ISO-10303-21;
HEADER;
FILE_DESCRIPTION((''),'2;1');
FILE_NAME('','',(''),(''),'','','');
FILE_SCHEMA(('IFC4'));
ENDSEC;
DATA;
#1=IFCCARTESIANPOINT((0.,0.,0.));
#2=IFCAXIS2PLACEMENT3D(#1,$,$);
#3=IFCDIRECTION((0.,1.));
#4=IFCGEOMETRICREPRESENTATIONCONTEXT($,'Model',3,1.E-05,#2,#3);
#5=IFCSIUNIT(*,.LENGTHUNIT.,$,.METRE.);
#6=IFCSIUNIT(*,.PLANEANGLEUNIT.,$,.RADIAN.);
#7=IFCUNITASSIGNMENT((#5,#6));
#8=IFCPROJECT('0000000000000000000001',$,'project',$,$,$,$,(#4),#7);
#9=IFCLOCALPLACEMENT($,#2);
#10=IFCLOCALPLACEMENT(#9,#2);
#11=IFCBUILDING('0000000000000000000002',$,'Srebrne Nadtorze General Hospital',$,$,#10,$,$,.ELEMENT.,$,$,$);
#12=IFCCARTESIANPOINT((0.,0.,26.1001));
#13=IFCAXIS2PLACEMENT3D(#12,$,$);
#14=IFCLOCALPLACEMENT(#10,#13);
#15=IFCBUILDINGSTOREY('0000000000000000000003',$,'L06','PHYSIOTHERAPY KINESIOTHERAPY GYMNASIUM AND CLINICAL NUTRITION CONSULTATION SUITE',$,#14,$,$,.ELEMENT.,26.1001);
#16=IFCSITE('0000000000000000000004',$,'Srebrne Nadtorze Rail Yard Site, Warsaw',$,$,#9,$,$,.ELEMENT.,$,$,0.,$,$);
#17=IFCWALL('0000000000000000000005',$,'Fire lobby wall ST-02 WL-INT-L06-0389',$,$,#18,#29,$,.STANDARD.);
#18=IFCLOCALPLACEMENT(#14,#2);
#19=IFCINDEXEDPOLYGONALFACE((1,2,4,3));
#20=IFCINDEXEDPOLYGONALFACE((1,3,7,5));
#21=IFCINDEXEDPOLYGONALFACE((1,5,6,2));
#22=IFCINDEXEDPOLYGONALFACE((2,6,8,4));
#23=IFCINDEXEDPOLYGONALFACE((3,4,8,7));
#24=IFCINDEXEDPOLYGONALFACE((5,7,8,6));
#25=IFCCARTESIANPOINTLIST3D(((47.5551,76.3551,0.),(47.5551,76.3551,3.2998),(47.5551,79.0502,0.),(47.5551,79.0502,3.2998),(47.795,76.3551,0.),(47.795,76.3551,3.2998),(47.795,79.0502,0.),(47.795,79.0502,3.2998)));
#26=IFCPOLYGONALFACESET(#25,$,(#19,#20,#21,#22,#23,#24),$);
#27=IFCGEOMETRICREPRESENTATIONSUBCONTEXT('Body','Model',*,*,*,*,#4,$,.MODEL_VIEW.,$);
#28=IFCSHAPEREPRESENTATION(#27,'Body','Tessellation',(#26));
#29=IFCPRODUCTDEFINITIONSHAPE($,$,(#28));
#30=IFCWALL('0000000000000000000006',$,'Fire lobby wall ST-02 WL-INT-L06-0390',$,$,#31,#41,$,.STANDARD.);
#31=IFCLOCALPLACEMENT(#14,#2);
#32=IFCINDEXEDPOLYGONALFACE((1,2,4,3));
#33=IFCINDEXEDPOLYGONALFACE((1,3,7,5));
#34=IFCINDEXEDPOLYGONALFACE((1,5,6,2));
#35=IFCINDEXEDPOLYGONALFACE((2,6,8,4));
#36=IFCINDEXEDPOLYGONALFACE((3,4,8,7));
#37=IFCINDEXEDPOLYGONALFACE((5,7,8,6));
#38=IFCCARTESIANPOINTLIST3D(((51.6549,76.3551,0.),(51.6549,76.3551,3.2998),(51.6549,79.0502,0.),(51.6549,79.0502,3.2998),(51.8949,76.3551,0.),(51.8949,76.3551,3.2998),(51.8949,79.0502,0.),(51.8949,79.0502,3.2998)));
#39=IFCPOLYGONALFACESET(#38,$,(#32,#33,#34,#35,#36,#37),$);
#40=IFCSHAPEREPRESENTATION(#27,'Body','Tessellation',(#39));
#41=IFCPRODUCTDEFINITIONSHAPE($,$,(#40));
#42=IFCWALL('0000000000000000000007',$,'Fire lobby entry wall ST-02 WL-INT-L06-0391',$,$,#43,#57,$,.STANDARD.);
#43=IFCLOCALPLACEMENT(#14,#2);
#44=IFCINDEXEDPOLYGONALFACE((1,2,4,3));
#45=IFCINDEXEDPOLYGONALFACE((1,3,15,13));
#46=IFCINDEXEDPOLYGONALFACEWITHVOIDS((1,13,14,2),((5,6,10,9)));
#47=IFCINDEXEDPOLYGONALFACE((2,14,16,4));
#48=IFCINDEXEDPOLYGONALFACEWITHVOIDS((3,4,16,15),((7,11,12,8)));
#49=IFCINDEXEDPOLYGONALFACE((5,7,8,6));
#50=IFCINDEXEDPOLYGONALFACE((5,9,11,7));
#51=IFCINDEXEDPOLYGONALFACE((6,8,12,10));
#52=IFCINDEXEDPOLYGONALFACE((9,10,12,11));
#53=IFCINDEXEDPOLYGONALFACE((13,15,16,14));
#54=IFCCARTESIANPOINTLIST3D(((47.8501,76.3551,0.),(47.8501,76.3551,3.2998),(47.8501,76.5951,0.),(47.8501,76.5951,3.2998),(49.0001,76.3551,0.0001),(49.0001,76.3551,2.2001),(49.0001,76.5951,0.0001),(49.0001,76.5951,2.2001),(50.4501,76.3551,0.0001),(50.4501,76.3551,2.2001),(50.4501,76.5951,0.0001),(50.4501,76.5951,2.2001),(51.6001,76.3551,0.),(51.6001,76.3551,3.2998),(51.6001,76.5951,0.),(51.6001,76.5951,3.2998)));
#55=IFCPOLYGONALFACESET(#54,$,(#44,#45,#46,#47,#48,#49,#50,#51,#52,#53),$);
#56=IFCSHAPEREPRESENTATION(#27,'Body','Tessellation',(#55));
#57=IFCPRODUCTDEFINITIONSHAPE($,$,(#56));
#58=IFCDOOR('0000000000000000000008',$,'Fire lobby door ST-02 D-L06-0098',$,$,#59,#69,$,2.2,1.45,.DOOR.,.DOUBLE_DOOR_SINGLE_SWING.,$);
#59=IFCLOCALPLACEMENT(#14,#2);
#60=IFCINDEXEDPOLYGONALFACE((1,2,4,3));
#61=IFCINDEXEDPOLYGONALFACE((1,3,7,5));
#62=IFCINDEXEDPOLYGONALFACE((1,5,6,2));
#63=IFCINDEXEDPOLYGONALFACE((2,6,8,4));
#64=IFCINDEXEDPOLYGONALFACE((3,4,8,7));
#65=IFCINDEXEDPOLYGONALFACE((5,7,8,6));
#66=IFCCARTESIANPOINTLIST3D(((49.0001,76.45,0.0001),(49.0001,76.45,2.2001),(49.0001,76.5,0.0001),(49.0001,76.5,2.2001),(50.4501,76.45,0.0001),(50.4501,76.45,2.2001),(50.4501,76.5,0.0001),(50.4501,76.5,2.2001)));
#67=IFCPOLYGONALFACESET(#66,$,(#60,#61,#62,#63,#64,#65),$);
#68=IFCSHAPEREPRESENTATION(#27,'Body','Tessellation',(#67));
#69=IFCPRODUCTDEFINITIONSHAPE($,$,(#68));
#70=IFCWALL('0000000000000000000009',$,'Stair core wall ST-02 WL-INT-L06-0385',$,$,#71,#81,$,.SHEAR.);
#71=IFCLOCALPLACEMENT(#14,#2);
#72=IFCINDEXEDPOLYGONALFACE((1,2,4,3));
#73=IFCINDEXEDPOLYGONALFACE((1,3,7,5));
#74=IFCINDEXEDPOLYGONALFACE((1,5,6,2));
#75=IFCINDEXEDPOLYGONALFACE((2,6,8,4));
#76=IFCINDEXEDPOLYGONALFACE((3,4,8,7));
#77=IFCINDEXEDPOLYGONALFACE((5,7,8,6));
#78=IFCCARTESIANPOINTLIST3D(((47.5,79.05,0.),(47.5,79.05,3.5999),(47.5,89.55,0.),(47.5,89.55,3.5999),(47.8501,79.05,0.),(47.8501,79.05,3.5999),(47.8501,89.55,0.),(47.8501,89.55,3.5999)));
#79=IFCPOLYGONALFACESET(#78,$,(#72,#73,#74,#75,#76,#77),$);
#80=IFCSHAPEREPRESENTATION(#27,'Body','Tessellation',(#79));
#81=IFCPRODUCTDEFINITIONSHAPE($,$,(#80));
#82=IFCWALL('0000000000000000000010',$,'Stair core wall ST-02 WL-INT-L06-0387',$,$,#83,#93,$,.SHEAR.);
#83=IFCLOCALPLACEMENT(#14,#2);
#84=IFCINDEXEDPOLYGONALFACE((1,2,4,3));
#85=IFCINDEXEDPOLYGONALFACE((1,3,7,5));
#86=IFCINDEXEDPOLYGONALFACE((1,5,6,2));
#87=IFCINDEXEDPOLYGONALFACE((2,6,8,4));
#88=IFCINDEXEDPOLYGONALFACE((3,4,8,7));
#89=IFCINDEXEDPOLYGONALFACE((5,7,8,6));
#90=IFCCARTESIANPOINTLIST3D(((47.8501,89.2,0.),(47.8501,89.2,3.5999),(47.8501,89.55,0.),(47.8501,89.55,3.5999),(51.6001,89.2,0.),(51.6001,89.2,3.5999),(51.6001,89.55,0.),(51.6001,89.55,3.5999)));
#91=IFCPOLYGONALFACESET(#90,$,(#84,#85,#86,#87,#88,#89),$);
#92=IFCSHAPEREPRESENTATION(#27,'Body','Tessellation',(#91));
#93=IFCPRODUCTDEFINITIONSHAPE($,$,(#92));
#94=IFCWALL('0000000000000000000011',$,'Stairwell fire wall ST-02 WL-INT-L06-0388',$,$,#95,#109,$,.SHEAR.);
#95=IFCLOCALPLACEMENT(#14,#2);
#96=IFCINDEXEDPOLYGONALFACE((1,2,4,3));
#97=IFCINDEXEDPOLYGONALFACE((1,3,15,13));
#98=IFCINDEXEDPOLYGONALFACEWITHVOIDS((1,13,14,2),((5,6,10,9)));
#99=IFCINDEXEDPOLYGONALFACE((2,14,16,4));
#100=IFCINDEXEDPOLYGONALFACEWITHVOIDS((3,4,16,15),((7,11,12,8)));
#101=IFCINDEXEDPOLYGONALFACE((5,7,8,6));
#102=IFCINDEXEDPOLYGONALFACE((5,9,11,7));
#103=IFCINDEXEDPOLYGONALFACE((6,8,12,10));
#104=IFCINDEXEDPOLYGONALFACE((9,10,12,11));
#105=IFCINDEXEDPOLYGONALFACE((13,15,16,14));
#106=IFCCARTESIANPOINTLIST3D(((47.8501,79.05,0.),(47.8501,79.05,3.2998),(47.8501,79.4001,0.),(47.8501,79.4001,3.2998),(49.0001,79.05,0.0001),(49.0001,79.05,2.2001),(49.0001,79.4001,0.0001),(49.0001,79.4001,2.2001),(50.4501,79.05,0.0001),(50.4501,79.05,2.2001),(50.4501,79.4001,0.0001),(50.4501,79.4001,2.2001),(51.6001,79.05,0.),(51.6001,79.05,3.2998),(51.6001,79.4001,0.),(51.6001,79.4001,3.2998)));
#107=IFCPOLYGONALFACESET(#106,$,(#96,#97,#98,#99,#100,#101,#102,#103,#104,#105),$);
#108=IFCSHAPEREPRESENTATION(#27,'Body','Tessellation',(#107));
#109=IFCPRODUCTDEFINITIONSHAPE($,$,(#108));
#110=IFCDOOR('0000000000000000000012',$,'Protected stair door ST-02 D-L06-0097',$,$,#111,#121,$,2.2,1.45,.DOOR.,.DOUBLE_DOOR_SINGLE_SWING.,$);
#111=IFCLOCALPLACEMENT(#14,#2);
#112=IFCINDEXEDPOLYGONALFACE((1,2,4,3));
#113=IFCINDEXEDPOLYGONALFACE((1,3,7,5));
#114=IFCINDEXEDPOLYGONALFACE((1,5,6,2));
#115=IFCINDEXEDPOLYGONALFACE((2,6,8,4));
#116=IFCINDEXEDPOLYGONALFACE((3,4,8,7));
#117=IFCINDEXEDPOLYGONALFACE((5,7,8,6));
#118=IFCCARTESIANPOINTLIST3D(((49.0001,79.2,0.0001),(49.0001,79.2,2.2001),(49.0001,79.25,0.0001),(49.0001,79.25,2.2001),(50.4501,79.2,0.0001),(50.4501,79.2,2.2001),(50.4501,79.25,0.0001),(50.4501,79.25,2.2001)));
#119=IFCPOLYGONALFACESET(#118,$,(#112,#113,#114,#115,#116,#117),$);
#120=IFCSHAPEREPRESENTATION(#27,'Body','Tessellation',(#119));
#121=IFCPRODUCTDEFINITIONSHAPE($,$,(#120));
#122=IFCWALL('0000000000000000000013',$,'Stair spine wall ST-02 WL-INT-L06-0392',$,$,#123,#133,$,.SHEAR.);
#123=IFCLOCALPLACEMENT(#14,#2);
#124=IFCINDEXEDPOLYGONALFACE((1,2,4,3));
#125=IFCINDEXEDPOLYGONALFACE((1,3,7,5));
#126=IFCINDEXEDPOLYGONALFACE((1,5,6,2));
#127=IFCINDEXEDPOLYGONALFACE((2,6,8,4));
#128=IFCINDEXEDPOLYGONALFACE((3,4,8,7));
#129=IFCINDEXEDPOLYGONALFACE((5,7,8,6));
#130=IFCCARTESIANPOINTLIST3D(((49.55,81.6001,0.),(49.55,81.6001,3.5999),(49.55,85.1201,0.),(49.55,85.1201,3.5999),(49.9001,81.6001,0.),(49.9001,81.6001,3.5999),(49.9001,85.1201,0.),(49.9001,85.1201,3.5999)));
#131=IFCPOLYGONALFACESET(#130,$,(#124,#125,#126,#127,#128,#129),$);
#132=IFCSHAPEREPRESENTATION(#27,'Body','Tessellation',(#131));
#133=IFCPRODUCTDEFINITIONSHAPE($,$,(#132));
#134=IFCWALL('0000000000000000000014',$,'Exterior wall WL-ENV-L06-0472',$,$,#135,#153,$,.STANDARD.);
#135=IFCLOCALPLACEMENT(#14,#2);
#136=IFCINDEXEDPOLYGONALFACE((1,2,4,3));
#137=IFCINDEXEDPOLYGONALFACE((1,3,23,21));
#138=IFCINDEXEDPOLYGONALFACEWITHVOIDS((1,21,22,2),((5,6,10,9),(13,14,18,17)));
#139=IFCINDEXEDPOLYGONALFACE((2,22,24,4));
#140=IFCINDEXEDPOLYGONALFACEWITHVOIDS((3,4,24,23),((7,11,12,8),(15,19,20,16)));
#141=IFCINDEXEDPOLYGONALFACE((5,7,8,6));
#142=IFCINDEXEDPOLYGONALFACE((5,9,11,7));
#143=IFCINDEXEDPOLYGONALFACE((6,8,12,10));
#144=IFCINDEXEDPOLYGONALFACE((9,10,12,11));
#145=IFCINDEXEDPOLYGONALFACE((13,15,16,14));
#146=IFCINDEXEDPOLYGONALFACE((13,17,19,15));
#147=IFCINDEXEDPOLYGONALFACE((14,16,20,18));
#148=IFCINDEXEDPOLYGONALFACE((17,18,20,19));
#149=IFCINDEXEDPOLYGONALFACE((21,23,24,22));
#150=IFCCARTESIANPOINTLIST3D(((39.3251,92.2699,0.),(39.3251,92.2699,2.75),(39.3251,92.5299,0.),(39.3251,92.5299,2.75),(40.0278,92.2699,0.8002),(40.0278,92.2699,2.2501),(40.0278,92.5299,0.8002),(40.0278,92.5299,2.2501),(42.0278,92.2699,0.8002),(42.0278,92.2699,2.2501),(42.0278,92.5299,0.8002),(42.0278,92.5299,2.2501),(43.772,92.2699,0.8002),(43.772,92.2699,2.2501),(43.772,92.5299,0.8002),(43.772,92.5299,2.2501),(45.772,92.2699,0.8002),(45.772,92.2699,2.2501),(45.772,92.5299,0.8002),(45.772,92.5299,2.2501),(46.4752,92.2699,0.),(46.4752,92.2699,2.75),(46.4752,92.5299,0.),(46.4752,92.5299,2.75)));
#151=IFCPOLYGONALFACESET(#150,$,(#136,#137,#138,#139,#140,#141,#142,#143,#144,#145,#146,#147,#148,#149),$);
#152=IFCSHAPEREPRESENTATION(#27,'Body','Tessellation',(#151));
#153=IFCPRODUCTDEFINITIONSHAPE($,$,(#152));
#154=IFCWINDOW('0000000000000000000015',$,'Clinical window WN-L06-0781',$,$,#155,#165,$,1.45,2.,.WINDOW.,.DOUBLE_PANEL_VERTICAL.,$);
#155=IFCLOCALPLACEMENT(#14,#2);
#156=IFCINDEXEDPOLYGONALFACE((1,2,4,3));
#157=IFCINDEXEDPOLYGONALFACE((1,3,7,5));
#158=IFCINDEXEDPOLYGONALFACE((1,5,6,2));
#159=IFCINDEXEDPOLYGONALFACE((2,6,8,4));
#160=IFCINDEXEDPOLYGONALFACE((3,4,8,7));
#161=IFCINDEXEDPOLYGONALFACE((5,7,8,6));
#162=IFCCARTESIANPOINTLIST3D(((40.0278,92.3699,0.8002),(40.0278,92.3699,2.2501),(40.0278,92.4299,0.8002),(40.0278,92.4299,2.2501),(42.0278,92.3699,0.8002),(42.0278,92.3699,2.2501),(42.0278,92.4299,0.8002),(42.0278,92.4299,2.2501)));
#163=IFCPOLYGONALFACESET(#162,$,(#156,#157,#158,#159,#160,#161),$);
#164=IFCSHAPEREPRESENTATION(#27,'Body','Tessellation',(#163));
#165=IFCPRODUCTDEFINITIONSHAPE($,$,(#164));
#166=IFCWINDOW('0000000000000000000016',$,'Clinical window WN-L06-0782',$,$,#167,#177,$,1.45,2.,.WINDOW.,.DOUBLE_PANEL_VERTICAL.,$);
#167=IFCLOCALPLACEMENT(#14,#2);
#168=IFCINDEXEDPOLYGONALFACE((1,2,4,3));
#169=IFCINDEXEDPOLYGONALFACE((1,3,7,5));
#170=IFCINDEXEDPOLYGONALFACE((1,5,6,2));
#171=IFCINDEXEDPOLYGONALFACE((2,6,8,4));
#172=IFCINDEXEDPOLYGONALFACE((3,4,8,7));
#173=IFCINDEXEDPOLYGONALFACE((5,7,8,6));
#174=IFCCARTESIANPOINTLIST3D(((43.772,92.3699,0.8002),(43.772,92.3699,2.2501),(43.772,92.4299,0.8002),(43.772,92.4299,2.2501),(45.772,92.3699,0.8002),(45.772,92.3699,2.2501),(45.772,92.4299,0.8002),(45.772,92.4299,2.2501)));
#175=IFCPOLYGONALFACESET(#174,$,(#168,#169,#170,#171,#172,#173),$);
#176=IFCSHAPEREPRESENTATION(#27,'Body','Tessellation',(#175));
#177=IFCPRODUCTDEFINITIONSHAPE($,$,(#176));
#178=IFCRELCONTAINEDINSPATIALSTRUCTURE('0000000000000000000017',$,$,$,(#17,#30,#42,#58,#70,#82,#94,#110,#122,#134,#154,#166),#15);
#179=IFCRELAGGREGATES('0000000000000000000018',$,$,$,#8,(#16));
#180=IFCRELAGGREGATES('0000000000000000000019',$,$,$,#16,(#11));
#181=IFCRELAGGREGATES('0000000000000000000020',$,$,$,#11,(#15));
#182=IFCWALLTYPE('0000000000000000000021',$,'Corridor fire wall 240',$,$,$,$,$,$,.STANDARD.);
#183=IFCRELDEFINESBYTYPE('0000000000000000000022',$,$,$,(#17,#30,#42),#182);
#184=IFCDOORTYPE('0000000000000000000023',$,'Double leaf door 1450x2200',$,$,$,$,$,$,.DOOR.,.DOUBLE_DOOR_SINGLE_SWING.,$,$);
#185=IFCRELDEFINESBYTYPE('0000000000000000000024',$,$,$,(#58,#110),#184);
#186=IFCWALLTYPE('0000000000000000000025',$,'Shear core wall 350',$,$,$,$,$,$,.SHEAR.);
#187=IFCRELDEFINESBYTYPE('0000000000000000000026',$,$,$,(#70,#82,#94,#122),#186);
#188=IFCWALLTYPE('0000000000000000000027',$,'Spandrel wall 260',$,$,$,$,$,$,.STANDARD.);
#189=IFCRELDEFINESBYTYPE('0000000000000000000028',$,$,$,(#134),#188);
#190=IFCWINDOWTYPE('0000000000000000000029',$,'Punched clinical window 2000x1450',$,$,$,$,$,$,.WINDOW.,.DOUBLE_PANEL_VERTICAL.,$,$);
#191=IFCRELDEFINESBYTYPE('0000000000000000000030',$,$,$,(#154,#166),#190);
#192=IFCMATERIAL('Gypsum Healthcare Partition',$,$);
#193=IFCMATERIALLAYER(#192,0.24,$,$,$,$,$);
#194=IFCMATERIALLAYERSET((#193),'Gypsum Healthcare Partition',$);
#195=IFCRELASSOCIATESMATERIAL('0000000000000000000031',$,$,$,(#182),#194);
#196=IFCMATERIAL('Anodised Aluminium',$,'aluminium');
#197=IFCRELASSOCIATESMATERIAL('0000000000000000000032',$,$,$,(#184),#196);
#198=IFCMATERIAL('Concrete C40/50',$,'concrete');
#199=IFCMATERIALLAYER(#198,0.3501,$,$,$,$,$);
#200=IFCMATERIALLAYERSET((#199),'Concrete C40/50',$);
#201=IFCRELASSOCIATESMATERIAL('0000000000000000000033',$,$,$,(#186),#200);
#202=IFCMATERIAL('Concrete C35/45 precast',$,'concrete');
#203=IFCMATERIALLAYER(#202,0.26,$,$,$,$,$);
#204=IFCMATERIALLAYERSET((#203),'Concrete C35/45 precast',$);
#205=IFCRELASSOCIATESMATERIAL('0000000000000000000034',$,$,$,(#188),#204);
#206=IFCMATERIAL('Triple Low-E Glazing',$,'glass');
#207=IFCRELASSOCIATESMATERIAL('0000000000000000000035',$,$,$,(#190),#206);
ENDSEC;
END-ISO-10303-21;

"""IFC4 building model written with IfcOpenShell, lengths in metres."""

from ifc_helpers import new_model, si_unit, direction, frame, frame_2d, origin, place, context, subcontext, project, spatial, rectangle, extrude, material, layer, layer_set, type_object, element, fill, save


model = new_model("IFC4")

# Units and contexts
model_context = context("Model", 3, precision=1e-05, world=origin(), true_north=direction((0.0, 1.0)))
body_context = subcontext(model_context, "Body", "Model", "MODEL_VIEW")
ifc_project = project(units=[si_unit("LENGTHUNIT", "METRE"), si_unit("PLANEANGLEUNIT", "RADIAN")], contexts=[model_context])

# Site, building, storey
site_placement = place(None, origin())
site = spatial("IfcSite", under=ifc_project, at=site_placement, Name="Srebrne Nadtorze Rail Yard Site, Warsaw", CompositionType="ELEMENT", RefElevation=0.0)
building_placement = place(site_placement, origin())
building = spatial("IfcBuilding", under=site, at=building_placement, Name="Srebrne Nadtorze General Hospital", CompositionType="ELEMENT")
storey_placement = place(building_placement, frame((0.0, 0.0, 26.1001)))
storey = spatial("IfcBuildingStorey", under=building, at=storey_placement, Name="L06", Description="PHYSIOTHERAPY KINESIOTHERAPY GYMNASIUM AND CLINICAL NUTRITION CONSULTATION SUITE", CompositionType="ELEMENT", Elevation=26.1001)

# Walls
ifc_material_1 = material(Name="Gypsum Healthcare Partition")
ifc_layer_1 = layer(ifc_material_1, 0.24)
ifc_layer_set_1 = layer_set([ifc_layer_1], Name="Gypsum Healthcare Partition")
wall_type_1 = type_object("IfcWallType", Name="Corridor fire wall 240", PredefinedType="STANDARD", material=ifc_layer_set_1)
for number, where, z_axis, x_axis, name in (
    (1, (47.675, 76.355, 0.0), (0.0, 0.0, 1.0), (0.0, 1.0, 0.0), "Fire lobby wall ST-02 WL-INT-L06-0389"),
    (2, (51.7749, 76.355, 0.0), (0.0, 0.0, 1.0), (0.0, 1.0, 0.0), "Fire lobby wall ST-02 WL-INT-L06-0390"),
):
    element("IfcWall", number, at=place(storey_placement, frame(where, z_axis=z_axis, x_axis=x_axis)), inside=storey, type_object=wall_type_1, Name=name, PredefinedType="STANDARD", context=body_context, shape_type="SweptSolid", body=[
        extrude(rectangle(XDim=2.6951, YDim=0.24, at=frame_2d((1.3477, 0.0))), origin(), (0.0, 0.0, 1.0), 3.2998),
    ])

# Wall, opening, door
wall_1_placement = place(storey_placement, frame((47.8501, 76.4751, 0.0), z_axis=(0.0, 0.0, 1.0), x_axis=(1.0, 0.0, 0.0)))
wall_1 = element("IfcWall", 3, at=wall_1_placement, inside=storey, type_object=wall_type_1, Name="Fire lobby entry wall ST-02 WL-INT-L06-0391", PredefinedType="STANDARD", context=body_context, shape_type="SweptSolid", body=[
    extrude(rectangle(XDim=3.75, YDim=0.24, at=frame_2d((1.875, 0.0))), origin(), (0.0, 0.0, 1.0), 3.2998),
])
opening_1_placement = place(wall_1_placement, frame((1.1499, 0.0, 0.0)))
opening_1 = element("IfcOpeningElement", 4, at=opening_1_placement, cuts=wall_1, PredefinedType="OPENING", context=body_context, shape_type="SweptSolid", body=[
    extrude(rectangle(XDim=1.45, YDim=2.2, at=frame_2d((0.7251, 1.1001))), frame((0.0, 0.1318, 0.0), z_axis=(0.0, -1.0, 0.0), x_axis=(1.0, 0.0, 0.0)), (0.0, 0.0, 1.0), 0.2639),
])
ifc_material_2 = material(Name="Anodised Aluminium", Category="aluminium")
door_type = type_object("IfcDoorType", Name="Double leaf door 1450x2200", OperationType="DOUBLE_DOOR_SINGLE_SWING", PredefinedType="DOOR", material=ifc_material_2)
door_1_placement = place(opening_1_placement, origin())
door_1 = element("IfcDoor", 5, at=door_1_placement, inside=storey, type_object=door_type, Name="Fire lobby door ST-02 D-L06-0098", OperationType="DOUBLE_DOOR_SINGLE_SWING", OverallHeight=2.2, OverallWidth=1.45, PredefinedType="DOOR", context=body_context, shape_type="SweptSolid", body=[
    extrude(rectangle(XDim=1.45, YDim=2.2, at=frame_2d((0.7251, 1.1001))), frame((0.0, 0.0249, 0.0), z_axis=(0.0, -1.0, 0.0), x_axis=(1.0, 0.0, 0.0)), (0.0, 0.0, 1.0), 0.05),
])
fill(opening_1, door_1)

# Walls
ifc_material_3 = material(Name="Concrete C40/50", Category="concrete")
ifc_layer_2 = layer(ifc_material_3, 0.3501)
ifc_layer_set_2 = layer_set([ifc_layer_2], Name="Concrete C40/50")
wall_type_2 = type_object("IfcWallType", Name="Shear core wall 350", PredefinedType="SHEAR", material=ifc_layer_set_2)
wall_2_placement = place(storey_placement, frame((47.675, 79.05, 0.0), z_axis=(0.0, 0.0, 1.0), x_axis=(0.0, 1.0, 0.0)))
element("IfcWall", 6, at=wall_2_placement, inside=storey, type_object=wall_type_2, Name="Stair core wall ST-02 WL-INT-L06-0385", PredefinedType="SHEAR", context=body_context, shape_type="SweptSolid", body=[
    extrude(rectangle(XDim=10.5, YDim=0.3501, at=frame_2d((5.25, 0.0))), origin(), (0.0, 0.0, 1.0), 3.5999),
])
wall_3_placement = place(storey_placement, frame((47.8501, 89.375, 0.0), z_axis=(0.0, 0.0, 1.0), x_axis=(1.0, 0.0, 0.0)))
element("IfcWall", 7, at=wall_3_placement, inside=storey, type_object=wall_type_2, Name="Stair core wall ST-02 WL-INT-L06-0387", PredefinedType="SHEAR", context=body_context, shape_type="SweptSolid", body=[
    extrude(rectangle(XDim=3.75, YDim=0.3501, at=frame_2d((1.875, 0.0))), origin(), (0.0, 0.0, 1.0), 3.5999),
])

# Wall, opening, door
wall_4_placement = place(storey_placement, frame((47.8501, 79.2251, 0.0), z_axis=(0.0, 0.0, 1.0), x_axis=(1.0, 0.0, 0.0)))
wall_4 = element("IfcWall", 8, at=wall_4_placement, inside=storey, type_object=wall_type_2, Name="Stairwell fire wall ST-02 WL-INT-L06-0388", PredefinedType="SHEAR", context=body_context, shape_type="SweptSolid", body=[
    extrude(rectangle(XDim=3.75, YDim=0.3501, at=frame_2d((1.875, 0.0))), origin(), (0.0, 0.0, 1.0), 3.2998),
])
opening_2_placement = place(wall_4_placement, frame((1.1499, 0.0, 0.0)))
opening_2 = element("IfcOpeningElement", 9, at=opening_2_placement, cuts=wall_4, PredefinedType="OPENING", context=body_context, shape_type="SweptSolid", body=[
    extrude(rectangle(XDim=1.45, YDim=2.2, at=frame_2d((0.7251, 1.1001))), frame((0.0, 0.187, 0.0), z_axis=(0.0, -1.0, 0.0), x_axis=(1.0, 0.0, 0.0)), (0.0, 0.0, 1.0), 0.374),
])
door_2_placement = place(opening_2_placement, origin())
door_2 = element("IfcDoor", 10, at=door_2_placement, inside=storey, type_object=door_type, Name="Protected stair door ST-02 D-L06-0097", OperationType="DOUBLE_DOOR_SINGLE_SWING", OverallHeight=2.2, OverallWidth=1.45, PredefinedType="DOOR", context=body_context, shape_type="SweptSolid", body=[
    extrude(rectangle(XDim=1.45, YDim=2.2, at=frame_2d((0.7251, 1.1001))), frame((0.0, 0.0249, 0.0), z_axis=(0.0, -1.0, 0.0), x_axis=(1.0, 0.0, 0.0)), (0.0, 0.0, 1.0), 0.05),
])
fill(opening_2, door_2)

# Wall
wall_5_placement = place(storey_placement, frame((49.7251, 81.6001, 0.0), z_axis=(0.0, 0.0, 1.0), x_axis=(0.0, 1.0, 0.0)))
element("IfcWall", 11, at=wall_5_placement, inside=storey, type_object=wall_type_2, Name="Stair spine wall ST-02 WL-INT-L06-0392", PredefinedType="SHEAR", context=body_context, shape_type="SweptSolid", body=[
    extrude(rectangle(XDim=3.52, YDim=0.3501, at=frame_2d((1.76, 0.0))), origin(), (0.0, 0.0, 1.0), 3.5999),
])

# Wall, openings, windows
ifc_material_4 = material(Name="Concrete C35/45 precast", Category="concrete")
ifc_layer_3 = layer(ifc_material_4, 0.26)
ifc_layer_set_3 = layer_set([ifc_layer_3], Name="Concrete C35/45 precast")
wall_type_3 = type_object("IfcWallType", Name="Spandrel wall 260", PredefinedType="STANDARD", material=ifc_layer_set_3)
wall_6_placement = place(storey_placement, frame((39.325, 92.3999, 0.0), z_axis=(0.0, 0.0, 1.0), x_axis=(1.0, 0.0, 0.0)))
wall_6 = element("IfcWall", 12, at=wall_6_placement, inside=storey, type_object=wall_type_3, Name="Exterior wall WL-ENV-L06-0472", PredefinedType="STANDARD", context=body_context, shape_type="SweptSolid", body=[
    extrude(rectangle(XDim=7.1501, YDim=0.26, at=frame_2d((3.5752, 0.0))), origin(), (0.0, 0.0, 1.0), 2.75),
])
opening_3_placement = place(wall_6_placement, frame((0.7029, 0.0, 0.8)))
opening_3 = element("IfcOpeningElement", 13, at=opening_3_placement, cuts=wall_6, PredefinedType="OPENING", context=body_context, shape_type="SweptSolid", body=[
    extrude(rectangle(XDim=2.0, YDim=1.45, at=frame_2d((1.0, 0.7251))), frame((0.0, 0.1421, 0.0), z_axis=(0.0, -1.0, 0.0), x_axis=(1.0, 0.0, 0.0)), (0.0, 0.0, 1.0), 0.2839),
])
opening_4_placement = place(wall_6_placement, frame((4.447, 0.0, 0.8)))
opening_4 = element("IfcOpeningElement", 14, at=opening_4_placement, cuts=wall_6, PredefinedType="OPENING", context=body_context, shape_type="SweptSolid", body=[
    extrude(rectangle(XDim=2.0, YDim=1.45, at=frame_2d((1.0, 0.7251))), frame((0.0, 0.1421, 0.0), z_axis=(0.0, -1.0, 0.0), x_axis=(1.0, 0.0, 0.0)), (0.0, 0.0, 1.0), 0.2839),
])
ifc_material_5 = material(Name="Triple Low-E Glazing", Category="glass")
window_type_1 = type_object("IfcWindowType", Name="Punched clinical window 2000x1450", PartitioningType="DOUBLE_PANEL_VERTICAL", PredefinedType="WINDOW", material=ifc_material_5)
window_1_placement = place(opening_3_placement, origin())
window_1 = element("IfcWindow", 15, at=window_1_placement, inside=storey, type_object=window_type_1, Name="Clinical window WN-L06-0781", OverallHeight=1.45, OverallWidth=2.0, PartitioningType="DOUBLE_PANEL_VERTICAL", PredefinedType="WINDOW", context=body_context, shape_type="SweptSolid", body=[
    extrude(rectangle(XDim=2.0, YDim=1.45, at=frame_2d((1.0, 0.7251))), frame((0.0, 0.03, 0.0), z_axis=(0.0, -1.0, 0.0), x_axis=(1.0, 0.0, 0.0)), (0.0, 0.0, 1.0), 0.0601),
])
fill(opening_3, window_1)
window_2_placement = place(opening_4_placement, origin())
window_2 = element("IfcWindow", 16, at=window_2_placement, inside=storey, type_object=window_type_1, Name="Clinical window WN-L06-0782", OverallHeight=1.45, OverallWidth=2.0, PartitioningType="DOUBLE_PANEL_VERTICAL", PredefinedType="WINDOW", context=body_context, shape_type="SweptSolid", body=[
    extrude(rectangle(XDim=2.0, YDim=1.45, at=frame_2d((1.0, 0.7251))), frame((0.0, 0.03, 0.0), z_axis=(0.0, -1.0, 0.0), x_axis=(1.0, 0.0, 0.0)), (0.0, 0.0, 1.0), 0.0601),
])
fill(opening_4, window_2)

save(model, "model.ifc")
